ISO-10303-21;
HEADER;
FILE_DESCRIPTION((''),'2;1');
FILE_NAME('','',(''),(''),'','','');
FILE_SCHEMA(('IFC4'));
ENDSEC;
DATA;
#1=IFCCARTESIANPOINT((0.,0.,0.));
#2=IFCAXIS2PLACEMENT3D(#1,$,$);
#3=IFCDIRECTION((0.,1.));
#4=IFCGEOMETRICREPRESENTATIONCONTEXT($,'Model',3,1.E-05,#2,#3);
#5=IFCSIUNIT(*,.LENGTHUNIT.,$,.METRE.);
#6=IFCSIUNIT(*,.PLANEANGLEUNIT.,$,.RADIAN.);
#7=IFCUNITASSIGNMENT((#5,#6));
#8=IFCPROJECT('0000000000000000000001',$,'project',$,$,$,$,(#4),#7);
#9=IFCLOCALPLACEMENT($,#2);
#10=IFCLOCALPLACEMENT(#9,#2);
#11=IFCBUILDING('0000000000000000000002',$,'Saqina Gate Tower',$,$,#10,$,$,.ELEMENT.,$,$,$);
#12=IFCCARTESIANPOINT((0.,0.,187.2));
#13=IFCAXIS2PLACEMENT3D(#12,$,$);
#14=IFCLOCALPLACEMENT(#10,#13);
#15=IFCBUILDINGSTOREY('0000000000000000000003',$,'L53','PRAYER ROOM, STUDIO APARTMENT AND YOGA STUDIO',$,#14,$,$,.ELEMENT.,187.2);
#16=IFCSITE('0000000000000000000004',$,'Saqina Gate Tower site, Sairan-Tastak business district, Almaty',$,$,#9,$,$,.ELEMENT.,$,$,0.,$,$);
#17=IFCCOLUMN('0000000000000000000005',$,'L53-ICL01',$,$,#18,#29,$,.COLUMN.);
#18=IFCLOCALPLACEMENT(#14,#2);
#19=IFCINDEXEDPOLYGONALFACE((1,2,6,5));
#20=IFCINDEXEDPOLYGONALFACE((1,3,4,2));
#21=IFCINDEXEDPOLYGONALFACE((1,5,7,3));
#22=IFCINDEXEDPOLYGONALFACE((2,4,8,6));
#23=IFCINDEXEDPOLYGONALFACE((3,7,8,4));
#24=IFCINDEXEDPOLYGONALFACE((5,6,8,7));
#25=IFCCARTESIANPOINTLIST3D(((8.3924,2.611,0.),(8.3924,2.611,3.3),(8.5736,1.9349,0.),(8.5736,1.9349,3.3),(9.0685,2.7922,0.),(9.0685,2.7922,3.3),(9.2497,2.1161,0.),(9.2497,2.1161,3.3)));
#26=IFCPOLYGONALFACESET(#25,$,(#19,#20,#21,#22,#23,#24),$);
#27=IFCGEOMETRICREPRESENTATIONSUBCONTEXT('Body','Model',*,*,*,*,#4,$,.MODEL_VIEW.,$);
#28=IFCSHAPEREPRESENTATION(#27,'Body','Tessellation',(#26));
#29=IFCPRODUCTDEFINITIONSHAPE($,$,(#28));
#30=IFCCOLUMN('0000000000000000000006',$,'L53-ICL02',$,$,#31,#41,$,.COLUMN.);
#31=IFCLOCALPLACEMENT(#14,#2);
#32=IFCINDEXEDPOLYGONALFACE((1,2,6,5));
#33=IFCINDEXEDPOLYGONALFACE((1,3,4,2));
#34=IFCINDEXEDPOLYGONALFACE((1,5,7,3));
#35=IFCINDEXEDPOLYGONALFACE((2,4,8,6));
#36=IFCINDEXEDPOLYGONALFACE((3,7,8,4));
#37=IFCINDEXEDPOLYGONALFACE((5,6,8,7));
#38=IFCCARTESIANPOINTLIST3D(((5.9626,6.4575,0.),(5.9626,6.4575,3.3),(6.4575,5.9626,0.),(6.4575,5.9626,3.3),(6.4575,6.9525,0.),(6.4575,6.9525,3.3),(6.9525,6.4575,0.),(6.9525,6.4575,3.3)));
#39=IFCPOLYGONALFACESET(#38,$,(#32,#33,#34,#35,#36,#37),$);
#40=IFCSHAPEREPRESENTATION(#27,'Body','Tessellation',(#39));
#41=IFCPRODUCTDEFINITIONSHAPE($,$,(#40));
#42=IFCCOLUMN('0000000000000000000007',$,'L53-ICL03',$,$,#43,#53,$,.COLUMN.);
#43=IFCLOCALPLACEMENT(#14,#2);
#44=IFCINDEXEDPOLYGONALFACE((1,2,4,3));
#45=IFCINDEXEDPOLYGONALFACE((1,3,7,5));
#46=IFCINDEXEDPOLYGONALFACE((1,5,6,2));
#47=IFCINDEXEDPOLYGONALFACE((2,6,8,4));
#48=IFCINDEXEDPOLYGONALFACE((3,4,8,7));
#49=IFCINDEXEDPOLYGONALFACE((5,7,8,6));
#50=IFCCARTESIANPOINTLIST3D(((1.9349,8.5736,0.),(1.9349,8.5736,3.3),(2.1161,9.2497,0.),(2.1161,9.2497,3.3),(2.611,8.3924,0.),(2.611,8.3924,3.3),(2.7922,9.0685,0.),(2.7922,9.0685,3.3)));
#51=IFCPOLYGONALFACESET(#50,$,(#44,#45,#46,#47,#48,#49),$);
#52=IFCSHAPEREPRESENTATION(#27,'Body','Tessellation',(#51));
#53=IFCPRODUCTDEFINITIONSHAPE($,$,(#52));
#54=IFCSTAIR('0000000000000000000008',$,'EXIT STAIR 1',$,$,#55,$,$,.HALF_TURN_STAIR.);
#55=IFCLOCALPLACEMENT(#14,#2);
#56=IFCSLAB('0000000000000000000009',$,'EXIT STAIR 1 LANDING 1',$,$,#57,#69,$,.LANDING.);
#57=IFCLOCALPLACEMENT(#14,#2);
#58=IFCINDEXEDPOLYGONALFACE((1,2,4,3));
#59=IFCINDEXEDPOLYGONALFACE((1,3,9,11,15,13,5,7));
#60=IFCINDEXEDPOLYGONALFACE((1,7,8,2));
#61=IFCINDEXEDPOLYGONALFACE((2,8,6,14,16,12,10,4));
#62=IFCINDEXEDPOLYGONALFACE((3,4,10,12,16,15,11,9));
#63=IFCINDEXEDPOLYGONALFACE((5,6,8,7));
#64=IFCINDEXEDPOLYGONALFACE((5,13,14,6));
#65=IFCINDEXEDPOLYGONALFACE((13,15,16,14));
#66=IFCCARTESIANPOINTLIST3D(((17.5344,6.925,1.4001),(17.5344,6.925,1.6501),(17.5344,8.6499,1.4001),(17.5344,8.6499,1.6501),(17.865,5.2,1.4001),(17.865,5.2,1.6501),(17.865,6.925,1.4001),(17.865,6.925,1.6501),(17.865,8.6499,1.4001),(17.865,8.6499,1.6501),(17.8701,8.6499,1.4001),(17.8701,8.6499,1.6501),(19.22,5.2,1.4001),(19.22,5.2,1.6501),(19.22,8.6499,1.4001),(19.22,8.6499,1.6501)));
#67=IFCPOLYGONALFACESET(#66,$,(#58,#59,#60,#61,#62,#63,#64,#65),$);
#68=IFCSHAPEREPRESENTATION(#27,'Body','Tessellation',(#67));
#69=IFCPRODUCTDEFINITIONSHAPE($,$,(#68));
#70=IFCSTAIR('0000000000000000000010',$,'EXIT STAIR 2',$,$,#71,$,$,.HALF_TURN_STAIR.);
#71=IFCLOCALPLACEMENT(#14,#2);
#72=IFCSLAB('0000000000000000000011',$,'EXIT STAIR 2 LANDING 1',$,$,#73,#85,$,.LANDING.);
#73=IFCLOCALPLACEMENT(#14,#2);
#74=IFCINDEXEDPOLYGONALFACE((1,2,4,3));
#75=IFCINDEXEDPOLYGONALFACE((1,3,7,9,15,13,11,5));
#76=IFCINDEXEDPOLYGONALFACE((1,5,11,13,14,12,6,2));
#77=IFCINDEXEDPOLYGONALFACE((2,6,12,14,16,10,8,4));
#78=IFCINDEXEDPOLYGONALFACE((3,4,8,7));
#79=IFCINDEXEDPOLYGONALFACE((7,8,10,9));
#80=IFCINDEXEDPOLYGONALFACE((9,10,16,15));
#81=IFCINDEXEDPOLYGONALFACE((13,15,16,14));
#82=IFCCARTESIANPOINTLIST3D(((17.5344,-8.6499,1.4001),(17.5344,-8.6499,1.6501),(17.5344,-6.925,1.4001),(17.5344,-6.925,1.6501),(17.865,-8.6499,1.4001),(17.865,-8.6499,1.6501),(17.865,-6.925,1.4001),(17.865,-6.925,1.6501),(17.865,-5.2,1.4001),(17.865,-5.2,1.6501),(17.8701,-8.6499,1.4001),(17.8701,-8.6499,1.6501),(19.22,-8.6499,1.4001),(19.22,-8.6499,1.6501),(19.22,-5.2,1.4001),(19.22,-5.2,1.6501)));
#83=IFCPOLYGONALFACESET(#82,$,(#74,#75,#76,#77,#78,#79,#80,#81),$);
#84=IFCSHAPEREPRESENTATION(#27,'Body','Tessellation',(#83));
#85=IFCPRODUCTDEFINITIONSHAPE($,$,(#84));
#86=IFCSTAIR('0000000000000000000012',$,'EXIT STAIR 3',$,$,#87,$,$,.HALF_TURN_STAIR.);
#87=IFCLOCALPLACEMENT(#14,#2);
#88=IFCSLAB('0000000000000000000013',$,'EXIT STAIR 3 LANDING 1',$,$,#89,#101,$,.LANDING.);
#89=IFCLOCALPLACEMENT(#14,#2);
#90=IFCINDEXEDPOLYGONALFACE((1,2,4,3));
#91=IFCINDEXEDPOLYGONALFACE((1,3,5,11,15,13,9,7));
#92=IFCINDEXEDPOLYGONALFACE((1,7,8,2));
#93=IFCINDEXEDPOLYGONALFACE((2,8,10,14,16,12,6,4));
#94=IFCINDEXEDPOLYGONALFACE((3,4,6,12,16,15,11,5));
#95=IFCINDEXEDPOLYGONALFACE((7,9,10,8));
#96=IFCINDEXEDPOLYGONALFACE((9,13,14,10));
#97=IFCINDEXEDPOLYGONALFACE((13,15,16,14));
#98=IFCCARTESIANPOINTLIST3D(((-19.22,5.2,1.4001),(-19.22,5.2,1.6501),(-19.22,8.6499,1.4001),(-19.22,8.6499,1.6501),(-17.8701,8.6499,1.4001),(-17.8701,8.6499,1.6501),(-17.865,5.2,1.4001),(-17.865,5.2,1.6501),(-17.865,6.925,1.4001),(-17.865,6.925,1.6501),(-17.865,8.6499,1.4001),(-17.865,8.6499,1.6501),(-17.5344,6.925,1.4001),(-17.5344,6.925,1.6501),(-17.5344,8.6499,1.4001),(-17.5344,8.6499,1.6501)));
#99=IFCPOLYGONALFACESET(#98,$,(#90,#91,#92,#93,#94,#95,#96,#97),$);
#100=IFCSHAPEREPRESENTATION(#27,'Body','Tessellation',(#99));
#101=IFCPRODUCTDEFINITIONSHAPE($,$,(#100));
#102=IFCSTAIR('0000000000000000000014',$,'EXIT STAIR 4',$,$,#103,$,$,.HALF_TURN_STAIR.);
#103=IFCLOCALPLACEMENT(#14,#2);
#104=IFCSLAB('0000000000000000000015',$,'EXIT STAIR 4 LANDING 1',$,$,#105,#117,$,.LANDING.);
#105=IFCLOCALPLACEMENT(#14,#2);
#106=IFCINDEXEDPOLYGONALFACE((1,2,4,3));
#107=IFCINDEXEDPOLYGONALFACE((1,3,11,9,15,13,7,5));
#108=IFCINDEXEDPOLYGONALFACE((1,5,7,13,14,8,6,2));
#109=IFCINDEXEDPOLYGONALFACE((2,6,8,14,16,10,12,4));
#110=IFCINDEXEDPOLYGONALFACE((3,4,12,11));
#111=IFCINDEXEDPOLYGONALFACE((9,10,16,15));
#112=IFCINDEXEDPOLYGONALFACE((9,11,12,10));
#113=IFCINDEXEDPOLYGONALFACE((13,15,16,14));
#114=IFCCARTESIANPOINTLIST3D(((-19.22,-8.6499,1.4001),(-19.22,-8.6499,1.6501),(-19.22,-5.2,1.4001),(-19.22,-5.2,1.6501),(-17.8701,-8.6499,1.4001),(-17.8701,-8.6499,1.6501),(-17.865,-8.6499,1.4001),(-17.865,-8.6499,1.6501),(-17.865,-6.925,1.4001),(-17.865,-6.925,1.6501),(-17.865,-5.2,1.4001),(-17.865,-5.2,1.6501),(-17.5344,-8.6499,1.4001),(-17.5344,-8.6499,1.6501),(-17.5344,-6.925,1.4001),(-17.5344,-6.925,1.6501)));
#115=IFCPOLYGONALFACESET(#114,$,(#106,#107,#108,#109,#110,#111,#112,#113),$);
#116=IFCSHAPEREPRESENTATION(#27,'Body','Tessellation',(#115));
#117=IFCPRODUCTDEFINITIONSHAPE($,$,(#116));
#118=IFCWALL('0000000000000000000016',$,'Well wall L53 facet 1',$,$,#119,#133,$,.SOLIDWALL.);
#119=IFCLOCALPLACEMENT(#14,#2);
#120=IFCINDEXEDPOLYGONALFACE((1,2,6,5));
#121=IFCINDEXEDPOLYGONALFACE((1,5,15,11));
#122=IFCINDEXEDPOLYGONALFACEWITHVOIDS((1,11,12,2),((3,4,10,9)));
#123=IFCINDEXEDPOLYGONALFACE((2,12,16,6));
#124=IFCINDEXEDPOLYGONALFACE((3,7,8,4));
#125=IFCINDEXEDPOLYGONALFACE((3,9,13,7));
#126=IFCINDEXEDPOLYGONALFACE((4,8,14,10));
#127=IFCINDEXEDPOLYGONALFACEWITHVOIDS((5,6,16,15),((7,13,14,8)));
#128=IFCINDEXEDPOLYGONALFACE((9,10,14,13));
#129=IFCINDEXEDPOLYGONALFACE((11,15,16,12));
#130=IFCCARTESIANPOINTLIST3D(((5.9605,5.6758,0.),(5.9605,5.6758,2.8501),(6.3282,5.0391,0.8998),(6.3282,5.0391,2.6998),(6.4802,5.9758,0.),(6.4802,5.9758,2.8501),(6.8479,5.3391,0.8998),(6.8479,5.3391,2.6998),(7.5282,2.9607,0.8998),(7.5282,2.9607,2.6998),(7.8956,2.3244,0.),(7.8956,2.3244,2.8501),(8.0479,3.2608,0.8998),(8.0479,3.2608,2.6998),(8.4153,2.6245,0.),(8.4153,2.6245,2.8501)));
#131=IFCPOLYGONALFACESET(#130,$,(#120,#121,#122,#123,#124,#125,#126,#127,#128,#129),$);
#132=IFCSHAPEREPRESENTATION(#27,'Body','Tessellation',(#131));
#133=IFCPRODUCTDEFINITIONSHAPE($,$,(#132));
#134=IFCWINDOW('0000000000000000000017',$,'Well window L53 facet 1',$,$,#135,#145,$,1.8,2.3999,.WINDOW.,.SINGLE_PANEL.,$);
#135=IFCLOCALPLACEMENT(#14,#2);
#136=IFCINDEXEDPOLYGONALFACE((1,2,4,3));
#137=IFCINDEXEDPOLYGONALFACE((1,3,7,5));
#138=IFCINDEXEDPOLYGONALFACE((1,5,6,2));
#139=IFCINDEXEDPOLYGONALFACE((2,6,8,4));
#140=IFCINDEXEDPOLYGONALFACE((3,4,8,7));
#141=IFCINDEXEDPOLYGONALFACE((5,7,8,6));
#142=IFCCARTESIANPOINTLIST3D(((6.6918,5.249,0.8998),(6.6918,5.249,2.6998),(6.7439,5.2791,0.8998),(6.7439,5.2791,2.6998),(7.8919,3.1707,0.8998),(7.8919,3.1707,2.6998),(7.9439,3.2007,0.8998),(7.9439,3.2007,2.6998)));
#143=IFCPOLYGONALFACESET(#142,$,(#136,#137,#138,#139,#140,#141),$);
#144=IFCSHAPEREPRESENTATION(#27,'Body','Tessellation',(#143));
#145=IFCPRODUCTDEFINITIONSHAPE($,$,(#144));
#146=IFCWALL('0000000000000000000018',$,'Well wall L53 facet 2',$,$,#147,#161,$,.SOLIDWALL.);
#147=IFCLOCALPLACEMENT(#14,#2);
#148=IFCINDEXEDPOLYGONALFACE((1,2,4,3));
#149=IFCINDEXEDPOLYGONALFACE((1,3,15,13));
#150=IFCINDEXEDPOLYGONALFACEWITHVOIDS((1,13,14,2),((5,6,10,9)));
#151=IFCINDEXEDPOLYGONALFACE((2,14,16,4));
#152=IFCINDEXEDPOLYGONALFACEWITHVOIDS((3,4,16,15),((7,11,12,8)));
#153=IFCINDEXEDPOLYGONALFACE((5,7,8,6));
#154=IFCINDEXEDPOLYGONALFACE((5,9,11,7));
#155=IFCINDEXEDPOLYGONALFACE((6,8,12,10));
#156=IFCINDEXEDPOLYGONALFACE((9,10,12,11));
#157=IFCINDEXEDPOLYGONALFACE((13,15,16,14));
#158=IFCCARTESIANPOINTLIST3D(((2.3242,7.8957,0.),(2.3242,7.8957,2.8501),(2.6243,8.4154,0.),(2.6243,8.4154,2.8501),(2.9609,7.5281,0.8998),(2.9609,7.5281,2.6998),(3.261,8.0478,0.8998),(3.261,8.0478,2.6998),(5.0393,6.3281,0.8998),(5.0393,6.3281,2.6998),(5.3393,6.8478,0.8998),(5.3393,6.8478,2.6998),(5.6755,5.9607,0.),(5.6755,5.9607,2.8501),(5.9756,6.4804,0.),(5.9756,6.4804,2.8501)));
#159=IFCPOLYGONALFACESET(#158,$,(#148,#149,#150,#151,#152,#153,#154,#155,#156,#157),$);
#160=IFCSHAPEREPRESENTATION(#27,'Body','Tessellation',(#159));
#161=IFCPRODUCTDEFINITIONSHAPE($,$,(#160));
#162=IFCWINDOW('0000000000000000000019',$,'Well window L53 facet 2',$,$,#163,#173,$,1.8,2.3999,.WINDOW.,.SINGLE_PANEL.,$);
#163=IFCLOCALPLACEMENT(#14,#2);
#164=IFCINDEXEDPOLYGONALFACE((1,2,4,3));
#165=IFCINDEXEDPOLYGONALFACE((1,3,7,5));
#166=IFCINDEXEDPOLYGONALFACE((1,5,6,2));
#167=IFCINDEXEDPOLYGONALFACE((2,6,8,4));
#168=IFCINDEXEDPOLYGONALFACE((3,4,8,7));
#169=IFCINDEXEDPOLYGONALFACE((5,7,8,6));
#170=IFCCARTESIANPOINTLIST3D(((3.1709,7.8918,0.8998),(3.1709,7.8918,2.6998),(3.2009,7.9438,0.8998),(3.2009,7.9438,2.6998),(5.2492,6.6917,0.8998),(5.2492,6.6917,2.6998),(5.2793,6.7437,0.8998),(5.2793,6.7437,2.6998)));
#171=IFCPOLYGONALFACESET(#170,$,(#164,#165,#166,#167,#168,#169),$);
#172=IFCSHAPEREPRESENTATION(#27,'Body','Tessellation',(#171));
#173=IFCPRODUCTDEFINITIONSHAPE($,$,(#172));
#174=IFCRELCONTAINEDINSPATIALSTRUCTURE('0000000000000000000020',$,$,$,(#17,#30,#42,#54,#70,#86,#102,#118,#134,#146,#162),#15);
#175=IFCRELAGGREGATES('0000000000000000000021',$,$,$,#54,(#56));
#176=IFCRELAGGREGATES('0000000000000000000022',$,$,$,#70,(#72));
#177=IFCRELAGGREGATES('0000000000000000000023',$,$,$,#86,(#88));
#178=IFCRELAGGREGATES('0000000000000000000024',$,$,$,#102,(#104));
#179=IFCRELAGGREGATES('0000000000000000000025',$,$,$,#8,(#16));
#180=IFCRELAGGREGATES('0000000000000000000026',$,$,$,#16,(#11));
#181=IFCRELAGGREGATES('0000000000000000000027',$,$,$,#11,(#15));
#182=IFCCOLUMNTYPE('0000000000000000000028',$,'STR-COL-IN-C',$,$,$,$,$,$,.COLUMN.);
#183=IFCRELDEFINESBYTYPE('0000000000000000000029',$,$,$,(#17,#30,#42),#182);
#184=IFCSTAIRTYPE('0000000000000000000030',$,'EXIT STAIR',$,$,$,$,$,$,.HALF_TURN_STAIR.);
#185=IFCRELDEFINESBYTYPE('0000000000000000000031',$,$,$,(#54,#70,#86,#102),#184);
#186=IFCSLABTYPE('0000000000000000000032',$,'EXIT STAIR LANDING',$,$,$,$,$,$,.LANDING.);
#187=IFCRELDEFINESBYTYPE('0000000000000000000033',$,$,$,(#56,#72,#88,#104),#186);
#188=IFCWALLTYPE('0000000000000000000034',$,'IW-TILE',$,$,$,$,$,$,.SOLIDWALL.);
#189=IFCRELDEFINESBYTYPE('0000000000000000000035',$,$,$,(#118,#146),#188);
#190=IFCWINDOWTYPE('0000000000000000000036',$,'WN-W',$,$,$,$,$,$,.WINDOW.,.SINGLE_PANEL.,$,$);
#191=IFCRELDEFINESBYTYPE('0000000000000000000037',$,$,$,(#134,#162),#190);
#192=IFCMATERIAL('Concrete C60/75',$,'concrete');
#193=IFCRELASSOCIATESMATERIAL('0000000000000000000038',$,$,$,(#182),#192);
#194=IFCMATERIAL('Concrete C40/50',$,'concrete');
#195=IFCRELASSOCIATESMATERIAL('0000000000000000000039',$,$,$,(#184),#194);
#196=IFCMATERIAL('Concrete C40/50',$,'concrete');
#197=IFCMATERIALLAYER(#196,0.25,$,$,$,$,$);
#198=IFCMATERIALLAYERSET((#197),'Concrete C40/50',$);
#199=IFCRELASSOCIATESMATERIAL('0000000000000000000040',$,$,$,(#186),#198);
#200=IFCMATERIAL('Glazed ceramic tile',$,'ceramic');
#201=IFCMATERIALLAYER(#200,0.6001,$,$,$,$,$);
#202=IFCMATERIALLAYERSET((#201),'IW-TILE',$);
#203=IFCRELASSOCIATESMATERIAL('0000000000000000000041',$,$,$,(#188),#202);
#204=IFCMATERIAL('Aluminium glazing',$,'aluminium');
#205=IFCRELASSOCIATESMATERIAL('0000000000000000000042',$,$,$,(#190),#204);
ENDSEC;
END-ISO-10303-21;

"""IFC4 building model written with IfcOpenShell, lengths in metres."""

from ifc_helpers import new_model, si_unit, direction, frame, frame_2d, origin, origin_2d, place, context, subcontext, project, spatial, polyline, rectangle, outline, extrude, material, layer, layer_set, material_profile, profile_set, type_object, element, fill, aggregate, save


model = new_model("IFC4")

# Units and contexts
model_context = context("Model", 3, precision=1e-05, world=origin(), true_north=direction((0.0, 1.0)))
body_context = subcontext(model_context, "Body", "Model", "MODEL_VIEW")
ifc_project = project(units=[si_unit("LENGTHUNIT", "METRE"), si_unit("PLANEANGLEUNIT", "RADIAN")], contexts=[model_context])

# Site, building, storey
site_placement = place(None, origin())
site = spatial("IfcSite", under=ifc_project, at=site_placement, Name="Saqina Gate Tower site, Sairan-Tastak business district, Almaty", CompositionType="ELEMENT", RefElevation=0.0)
building_placement = place(site_placement, origin())
building = spatial("IfcBuilding", under=site, at=building_placement, Name="Saqina Gate Tower", CompositionType="ELEMENT")
storey_placement = place(building_placement, frame((0.0, 0.0, 187.2)))
storey = spatial("IfcBuildingStorey", under=building, at=storey_placement, Name="L53", Description="PRAYER ROOM, STUDIO APARTMENT AND YOGA STUDIO", CompositionType="ELEMENT", Elevation=187.2)

# Columns
ifc_material_1 = material(Name="Concrete C60/75", Category="concrete")
ifc_material_profile = material_profile(ifc_material_1, rectangle(XDim=0.7, YDim=0.7, at=origin_2d()), Name="RC 700x700")
ifc_profile_set = profile_set([ifc_material_profile], Name="Concrete C60/75")
column_type = type_object("IfcColumnType", Name="STR-COL-IN-C", PredefinedType="COLUMN", material=ifc_profile_set)
for number, where, z_axis, x_axis, name in (
    (1, (8.821, 2.3635, 0.0), (0.0, 0.0, 1.0), (0.965926, 0.258819, 0.0), "L53-ICL01"),
    (2, (6.4575, 6.4575, 0.0), (0.0, 0.0, 1.0), (0.707107, 0.707107, 0.0), "L53-ICL02"),
    (3, (2.3635, 8.821, 0.0), (0.0, 0.0, 1.0), (0.258819, 0.965926, 0.0), "L53-ICL03"),
):
    element("IfcColumn", number, at=place(storey_placement, frame(where, z_axis=z_axis, x_axis=x_axis)), inside=storey, type_object=column_type, Name=name, PredefinedType="COLUMN", context=body_context, shape_type="SweptSolid", body=[
        extrude(rectangle(XDim=0.7, YDim=0.7, at=origin_2d()), origin(), (0.0, 0.0, 1.0), 3.3),
    ])

# Stairs, slabs
ifc_material_2 = material(Name="Concrete C40/50", Category="concrete")
stair_type = type_object("IfcStairType", Name="EXIT STAIR", PredefinedType="HALF_TURN_STAIR", material=ifc_material_2)
stair_1_placement = place(storey_placement, origin())
stair_1 = element("IfcStair", 4, at=stair_1_placement, inside=storey, type_object=stair_type, Name="EXIT STAIR 1", PredefinedType="HALF_TURN_STAIR")
ifc_material_3 = material(Name="Concrete C40/50", Category="concrete")
ifc_layer_1 = layer(ifc_material_3, 0.25)
ifc_layer_set_1 = layer_set([ifc_layer_1], Name="Concrete C40/50")
slab_type = type_object("IfcSlabType", Name="EXIT STAIR LANDING", PredefinedType="LANDING", material=ifc_layer_set_1)
slab_1_placement = place(storey_placement, frame((0.0, 0.0, 1.4001)))
slab_1 = element("IfcSlab", 5, at=slab_1_placement, type_object=slab_type, Name="EXIT STAIR 1 LANDING 1", PredefinedType="LANDING", context=body_context, shape_type="SweptSolid", body=[
    extrude(outline(polyline([(19.22, 8.6499), (19.22, 5.2), (17.865, 5.2), (17.865, 6.925), (17.5344, 6.925), (17.5344, 8.6499), (17.865, 8.6499), (17.8701, 8.6499), (19.22, 8.6499)])), origin(), (0.0, 0.0, 1.0), 0.25),
])
aggregate(stair_1, [slab_1])
stair_2_placement = place(storey_placement, origin())
stair_2 = element("IfcStair", 6, at=stair_2_placement, inside=storey, type_object=stair_type, Name="EXIT STAIR 2", PredefinedType="HALF_TURN_STAIR")
slab_2_placement = place(storey_placement, frame((0.0, 0.0, 1.4001)))
slab_2 = element("IfcSlab", 7, at=slab_2_placement, type_object=slab_type, Name="EXIT STAIR 2 LANDING 1", PredefinedType="LANDING", context=body_context, shape_type="SweptSolid", body=[
    extrude(outline(polyline([(17.5344, -8.6499), (17.5344, -6.925), (17.865, -6.925), (17.865, -5.2), (19.22, -5.2), (19.22, -8.6499), (17.8701, -8.6499), (17.865, -8.6499), (17.5344, -8.6499)])), origin(), (0.0, 0.0, 1.0), 0.25),
])
aggregate(stair_2, [slab_2])
stair_3_placement = place(storey_placement, origin())
stair_3 = element("IfcStair", 8, at=stair_3_placement, inside=storey, type_object=stair_type, Name="EXIT STAIR 3", PredefinedType="HALF_TURN_STAIR")
slab_3_placement = place(storey_placement, frame((0.0, 0.0, 1.4001)))
slab_3 = element("IfcSlab", 9, at=slab_3_placement, type_object=slab_type, Name="EXIT STAIR 3 LANDING 1", PredefinedType="LANDING", context=body_context, shape_type="SweptSolid", body=[
    extrude(outline(polyline([(-17.865, 5.2), (-19.22, 5.2), (-19.22, 8.6499), (-17.8701, 8.6499), (-17.865, 8.6499), (-17.5344, 8.6499), (-17.5344, 6.925), (-17.865, 6.925), (-17.865, 5.2)])), origin(), (0.0, 0.0, 1.0), 0.25),
])
aggregate(stair_3, [slab_3])
stair_4_placement = place(storey_placement, origin())
stair_4 = element("IfcStair", 10, at=stair_4_placement, inside=storey, type_object=stair_type, Name="EXIT STAIR 4", PredefinedType="HALF_TURN_STAIR")
slab_4_placement = place(storey_placement, frame((0.0, 0.0, 1.4001)))
slab_4 = element("IfcSlab", 11, at=slab_4_placement, type_object=slab_type, Name="EXIT STAIR 4 LANDING 1", PredefinedType="LANDING", context=body_context, shape_type="SweptSolid", body=[
    extrude(outline(polyline([(-17.5344, -6.925), (-17.5344, -8.6499), (-17.865, -8.6499), (-17.8701, -8.6499), (-19.22, -8.6499), (-19.22, -5.2), (-17.865, -5.2), (-17.865, -6.925), (-17.5344, -6.925)])), origin(), (0.0, 0.0, 1.0), 0.25),
])
aggregate(stair_4, [slab_4])

# Walls, openings, windows
ifc_material_4 = material(Name="Glazed ceramic tile", Category="ceramic")
ifc_layer_2 = layer(ifc_material_4, 0.6001)
ifc_layer_set_2 = layer_set([ifc_layer_2], Name="IW-TILE")
wall_type_1 = type_object("IfcWallType", Name="IW-TILE", PredefinedType="SOLIDWALL", material=ifc_layer_set_2)
wall_1_placement = place(storey_placement, frame((8.1555, 2.4744, 0.0), z_axis=(0.0, 0.0, 1.0), x_axis=(-0.500034, 0.866006, 0.0)))
wall_1 = element("IfcWall", 12, at=wall_1_placement, inside=storey, type_object=wall_type_1, Name="Well wall L53 facet 1", PredefinedType="SOLIDWALL", context=body_context, shape_type="SweptSolid", body=[
    extrude(rectangle(XDim=3.8699, YDim=0.6001, at=frame_2d((1.9351, 0.0))), origin(), (0.0, 0.0, 1.0), 2.8501),
])
opening_1_placement = place(wall_1_placement, frame((0.7349, 0.0, 0.8999)))
opening_1 = element("IfcOpeningElement", 13, at=opening_1_placement, cuts=wall_1, PredefinedType="OPENING", context=body_context, shape_type="SweptSolid", body=[
    extrude(rectangle(XDim=2.3999, YDim=1.8, at=frame_2d((1.2, 0.8999))), frame((0.0, 0.312, 0.0), z_axis=(0.0, -1.0, 0.0), x_axis=(1.0, 0.0, 0.0)), (0.0, 0.0, 1.0), 0.624),
])
ifc_material_5 = material(Name="Aluminium glazing", Category="aluminium")
window_type = type_object("IfcWindowType", Name="WN-W", PartitioningType="SINGLE_PANEL", PredefinedType="WINDOW", material=ifc_material_5)
window_1_placement = place(opening_1_placement, origin())
window_1 = element("IfcWindow", 14, at=window_1_placement, inside=storey, type_object=window_type, Name="Well window L53 facet 1", OverallHeight=1.8, OverallWidth=2.3999, PartitioningType="SINGLE_PANEL", PredefinedType="WINDOW", context=body_context, shape_type="SweptSolid", body=[
    extrude(rectangle(XDim=2.3999, YDim=1.8, at=frame_2d((1.2, 0.8999))), frame((0.0, -0.1199, 0.0), z_axis=(0.0, -1.0, 0.0), x_axis=(1.0, 0.0, 0.0)), (0.0, 0.0, 1.0), 0.0601),
])
fill(opening_1, window_1)
wall_2_placement = place(storey_placement, frame((5.8257, 6.2205, 0.0), z_axis=(0.0, 0.0, 1.0), x_axis=(-0.866006, 0.500034, 0.0)))
wall_2 = element("IfcWall", 15, at=wall_2_placement, inside=storey, type_object=wall_type_1, Name="Well wall L53 facet 2", PredefinedType="SOLIDWALL", context=body_context, shape_type="SweptSolid", body=[
    extrude(rectangle(XDim=3.8699, YDim=0.6001, at=frame_2d((1.9351, 0.0))), origin(), (0.0, 0.0, 1.0), 2.8501),
])
opening_2_placement = place(wall_2_placement, frame((0.7349, 0.0, 0.8999)))
opening_2 = element("IfcOpeningElement", 16, at=opening_2_placement, cuts=wall_2, PredefinedType="OPENING", context=body_context, shape_type="SweptSolid", body=[
    extrude(rectangle(XDim=2.3999, YDim=1.8, at=frame_2d((1.2, 0.8999))), frame((0.0, 0.312, 0.0), z_axis=(0.0, -1.0, 0.0), x_axis=(1.0, 0.0, 0.0)), (0.0, 0.0, 1.0), 0.624),
])
window_2_placement = place(opening_2_placement, origin())
window_2 = element("IfcWindow", 17, at=window_2_placement, inside=storey, type_object=window_type, Name="Well window L53 facet 2", OverallHeight=1.8, OverallWidth=2.3999, PartitioningType="SINGLE_PANEL", PredefinedType="WINDOW", context=body_context, shape_type="SweptSolid", body=[
    extrude(rectangle(XDim=2.3999, YDim=1.8, at=frame_2d((1.2, 0.8999))), frame((0.0, -0.1199, 0.0), z_axis=(0.0, -1.0, 0.0), x_axis=(1.0, 0.0, 0.0)), (0.0, 0.0, 1.0), 0.0601),
])
fill(opening_2, window_2)

save(model, "model.ifc")
